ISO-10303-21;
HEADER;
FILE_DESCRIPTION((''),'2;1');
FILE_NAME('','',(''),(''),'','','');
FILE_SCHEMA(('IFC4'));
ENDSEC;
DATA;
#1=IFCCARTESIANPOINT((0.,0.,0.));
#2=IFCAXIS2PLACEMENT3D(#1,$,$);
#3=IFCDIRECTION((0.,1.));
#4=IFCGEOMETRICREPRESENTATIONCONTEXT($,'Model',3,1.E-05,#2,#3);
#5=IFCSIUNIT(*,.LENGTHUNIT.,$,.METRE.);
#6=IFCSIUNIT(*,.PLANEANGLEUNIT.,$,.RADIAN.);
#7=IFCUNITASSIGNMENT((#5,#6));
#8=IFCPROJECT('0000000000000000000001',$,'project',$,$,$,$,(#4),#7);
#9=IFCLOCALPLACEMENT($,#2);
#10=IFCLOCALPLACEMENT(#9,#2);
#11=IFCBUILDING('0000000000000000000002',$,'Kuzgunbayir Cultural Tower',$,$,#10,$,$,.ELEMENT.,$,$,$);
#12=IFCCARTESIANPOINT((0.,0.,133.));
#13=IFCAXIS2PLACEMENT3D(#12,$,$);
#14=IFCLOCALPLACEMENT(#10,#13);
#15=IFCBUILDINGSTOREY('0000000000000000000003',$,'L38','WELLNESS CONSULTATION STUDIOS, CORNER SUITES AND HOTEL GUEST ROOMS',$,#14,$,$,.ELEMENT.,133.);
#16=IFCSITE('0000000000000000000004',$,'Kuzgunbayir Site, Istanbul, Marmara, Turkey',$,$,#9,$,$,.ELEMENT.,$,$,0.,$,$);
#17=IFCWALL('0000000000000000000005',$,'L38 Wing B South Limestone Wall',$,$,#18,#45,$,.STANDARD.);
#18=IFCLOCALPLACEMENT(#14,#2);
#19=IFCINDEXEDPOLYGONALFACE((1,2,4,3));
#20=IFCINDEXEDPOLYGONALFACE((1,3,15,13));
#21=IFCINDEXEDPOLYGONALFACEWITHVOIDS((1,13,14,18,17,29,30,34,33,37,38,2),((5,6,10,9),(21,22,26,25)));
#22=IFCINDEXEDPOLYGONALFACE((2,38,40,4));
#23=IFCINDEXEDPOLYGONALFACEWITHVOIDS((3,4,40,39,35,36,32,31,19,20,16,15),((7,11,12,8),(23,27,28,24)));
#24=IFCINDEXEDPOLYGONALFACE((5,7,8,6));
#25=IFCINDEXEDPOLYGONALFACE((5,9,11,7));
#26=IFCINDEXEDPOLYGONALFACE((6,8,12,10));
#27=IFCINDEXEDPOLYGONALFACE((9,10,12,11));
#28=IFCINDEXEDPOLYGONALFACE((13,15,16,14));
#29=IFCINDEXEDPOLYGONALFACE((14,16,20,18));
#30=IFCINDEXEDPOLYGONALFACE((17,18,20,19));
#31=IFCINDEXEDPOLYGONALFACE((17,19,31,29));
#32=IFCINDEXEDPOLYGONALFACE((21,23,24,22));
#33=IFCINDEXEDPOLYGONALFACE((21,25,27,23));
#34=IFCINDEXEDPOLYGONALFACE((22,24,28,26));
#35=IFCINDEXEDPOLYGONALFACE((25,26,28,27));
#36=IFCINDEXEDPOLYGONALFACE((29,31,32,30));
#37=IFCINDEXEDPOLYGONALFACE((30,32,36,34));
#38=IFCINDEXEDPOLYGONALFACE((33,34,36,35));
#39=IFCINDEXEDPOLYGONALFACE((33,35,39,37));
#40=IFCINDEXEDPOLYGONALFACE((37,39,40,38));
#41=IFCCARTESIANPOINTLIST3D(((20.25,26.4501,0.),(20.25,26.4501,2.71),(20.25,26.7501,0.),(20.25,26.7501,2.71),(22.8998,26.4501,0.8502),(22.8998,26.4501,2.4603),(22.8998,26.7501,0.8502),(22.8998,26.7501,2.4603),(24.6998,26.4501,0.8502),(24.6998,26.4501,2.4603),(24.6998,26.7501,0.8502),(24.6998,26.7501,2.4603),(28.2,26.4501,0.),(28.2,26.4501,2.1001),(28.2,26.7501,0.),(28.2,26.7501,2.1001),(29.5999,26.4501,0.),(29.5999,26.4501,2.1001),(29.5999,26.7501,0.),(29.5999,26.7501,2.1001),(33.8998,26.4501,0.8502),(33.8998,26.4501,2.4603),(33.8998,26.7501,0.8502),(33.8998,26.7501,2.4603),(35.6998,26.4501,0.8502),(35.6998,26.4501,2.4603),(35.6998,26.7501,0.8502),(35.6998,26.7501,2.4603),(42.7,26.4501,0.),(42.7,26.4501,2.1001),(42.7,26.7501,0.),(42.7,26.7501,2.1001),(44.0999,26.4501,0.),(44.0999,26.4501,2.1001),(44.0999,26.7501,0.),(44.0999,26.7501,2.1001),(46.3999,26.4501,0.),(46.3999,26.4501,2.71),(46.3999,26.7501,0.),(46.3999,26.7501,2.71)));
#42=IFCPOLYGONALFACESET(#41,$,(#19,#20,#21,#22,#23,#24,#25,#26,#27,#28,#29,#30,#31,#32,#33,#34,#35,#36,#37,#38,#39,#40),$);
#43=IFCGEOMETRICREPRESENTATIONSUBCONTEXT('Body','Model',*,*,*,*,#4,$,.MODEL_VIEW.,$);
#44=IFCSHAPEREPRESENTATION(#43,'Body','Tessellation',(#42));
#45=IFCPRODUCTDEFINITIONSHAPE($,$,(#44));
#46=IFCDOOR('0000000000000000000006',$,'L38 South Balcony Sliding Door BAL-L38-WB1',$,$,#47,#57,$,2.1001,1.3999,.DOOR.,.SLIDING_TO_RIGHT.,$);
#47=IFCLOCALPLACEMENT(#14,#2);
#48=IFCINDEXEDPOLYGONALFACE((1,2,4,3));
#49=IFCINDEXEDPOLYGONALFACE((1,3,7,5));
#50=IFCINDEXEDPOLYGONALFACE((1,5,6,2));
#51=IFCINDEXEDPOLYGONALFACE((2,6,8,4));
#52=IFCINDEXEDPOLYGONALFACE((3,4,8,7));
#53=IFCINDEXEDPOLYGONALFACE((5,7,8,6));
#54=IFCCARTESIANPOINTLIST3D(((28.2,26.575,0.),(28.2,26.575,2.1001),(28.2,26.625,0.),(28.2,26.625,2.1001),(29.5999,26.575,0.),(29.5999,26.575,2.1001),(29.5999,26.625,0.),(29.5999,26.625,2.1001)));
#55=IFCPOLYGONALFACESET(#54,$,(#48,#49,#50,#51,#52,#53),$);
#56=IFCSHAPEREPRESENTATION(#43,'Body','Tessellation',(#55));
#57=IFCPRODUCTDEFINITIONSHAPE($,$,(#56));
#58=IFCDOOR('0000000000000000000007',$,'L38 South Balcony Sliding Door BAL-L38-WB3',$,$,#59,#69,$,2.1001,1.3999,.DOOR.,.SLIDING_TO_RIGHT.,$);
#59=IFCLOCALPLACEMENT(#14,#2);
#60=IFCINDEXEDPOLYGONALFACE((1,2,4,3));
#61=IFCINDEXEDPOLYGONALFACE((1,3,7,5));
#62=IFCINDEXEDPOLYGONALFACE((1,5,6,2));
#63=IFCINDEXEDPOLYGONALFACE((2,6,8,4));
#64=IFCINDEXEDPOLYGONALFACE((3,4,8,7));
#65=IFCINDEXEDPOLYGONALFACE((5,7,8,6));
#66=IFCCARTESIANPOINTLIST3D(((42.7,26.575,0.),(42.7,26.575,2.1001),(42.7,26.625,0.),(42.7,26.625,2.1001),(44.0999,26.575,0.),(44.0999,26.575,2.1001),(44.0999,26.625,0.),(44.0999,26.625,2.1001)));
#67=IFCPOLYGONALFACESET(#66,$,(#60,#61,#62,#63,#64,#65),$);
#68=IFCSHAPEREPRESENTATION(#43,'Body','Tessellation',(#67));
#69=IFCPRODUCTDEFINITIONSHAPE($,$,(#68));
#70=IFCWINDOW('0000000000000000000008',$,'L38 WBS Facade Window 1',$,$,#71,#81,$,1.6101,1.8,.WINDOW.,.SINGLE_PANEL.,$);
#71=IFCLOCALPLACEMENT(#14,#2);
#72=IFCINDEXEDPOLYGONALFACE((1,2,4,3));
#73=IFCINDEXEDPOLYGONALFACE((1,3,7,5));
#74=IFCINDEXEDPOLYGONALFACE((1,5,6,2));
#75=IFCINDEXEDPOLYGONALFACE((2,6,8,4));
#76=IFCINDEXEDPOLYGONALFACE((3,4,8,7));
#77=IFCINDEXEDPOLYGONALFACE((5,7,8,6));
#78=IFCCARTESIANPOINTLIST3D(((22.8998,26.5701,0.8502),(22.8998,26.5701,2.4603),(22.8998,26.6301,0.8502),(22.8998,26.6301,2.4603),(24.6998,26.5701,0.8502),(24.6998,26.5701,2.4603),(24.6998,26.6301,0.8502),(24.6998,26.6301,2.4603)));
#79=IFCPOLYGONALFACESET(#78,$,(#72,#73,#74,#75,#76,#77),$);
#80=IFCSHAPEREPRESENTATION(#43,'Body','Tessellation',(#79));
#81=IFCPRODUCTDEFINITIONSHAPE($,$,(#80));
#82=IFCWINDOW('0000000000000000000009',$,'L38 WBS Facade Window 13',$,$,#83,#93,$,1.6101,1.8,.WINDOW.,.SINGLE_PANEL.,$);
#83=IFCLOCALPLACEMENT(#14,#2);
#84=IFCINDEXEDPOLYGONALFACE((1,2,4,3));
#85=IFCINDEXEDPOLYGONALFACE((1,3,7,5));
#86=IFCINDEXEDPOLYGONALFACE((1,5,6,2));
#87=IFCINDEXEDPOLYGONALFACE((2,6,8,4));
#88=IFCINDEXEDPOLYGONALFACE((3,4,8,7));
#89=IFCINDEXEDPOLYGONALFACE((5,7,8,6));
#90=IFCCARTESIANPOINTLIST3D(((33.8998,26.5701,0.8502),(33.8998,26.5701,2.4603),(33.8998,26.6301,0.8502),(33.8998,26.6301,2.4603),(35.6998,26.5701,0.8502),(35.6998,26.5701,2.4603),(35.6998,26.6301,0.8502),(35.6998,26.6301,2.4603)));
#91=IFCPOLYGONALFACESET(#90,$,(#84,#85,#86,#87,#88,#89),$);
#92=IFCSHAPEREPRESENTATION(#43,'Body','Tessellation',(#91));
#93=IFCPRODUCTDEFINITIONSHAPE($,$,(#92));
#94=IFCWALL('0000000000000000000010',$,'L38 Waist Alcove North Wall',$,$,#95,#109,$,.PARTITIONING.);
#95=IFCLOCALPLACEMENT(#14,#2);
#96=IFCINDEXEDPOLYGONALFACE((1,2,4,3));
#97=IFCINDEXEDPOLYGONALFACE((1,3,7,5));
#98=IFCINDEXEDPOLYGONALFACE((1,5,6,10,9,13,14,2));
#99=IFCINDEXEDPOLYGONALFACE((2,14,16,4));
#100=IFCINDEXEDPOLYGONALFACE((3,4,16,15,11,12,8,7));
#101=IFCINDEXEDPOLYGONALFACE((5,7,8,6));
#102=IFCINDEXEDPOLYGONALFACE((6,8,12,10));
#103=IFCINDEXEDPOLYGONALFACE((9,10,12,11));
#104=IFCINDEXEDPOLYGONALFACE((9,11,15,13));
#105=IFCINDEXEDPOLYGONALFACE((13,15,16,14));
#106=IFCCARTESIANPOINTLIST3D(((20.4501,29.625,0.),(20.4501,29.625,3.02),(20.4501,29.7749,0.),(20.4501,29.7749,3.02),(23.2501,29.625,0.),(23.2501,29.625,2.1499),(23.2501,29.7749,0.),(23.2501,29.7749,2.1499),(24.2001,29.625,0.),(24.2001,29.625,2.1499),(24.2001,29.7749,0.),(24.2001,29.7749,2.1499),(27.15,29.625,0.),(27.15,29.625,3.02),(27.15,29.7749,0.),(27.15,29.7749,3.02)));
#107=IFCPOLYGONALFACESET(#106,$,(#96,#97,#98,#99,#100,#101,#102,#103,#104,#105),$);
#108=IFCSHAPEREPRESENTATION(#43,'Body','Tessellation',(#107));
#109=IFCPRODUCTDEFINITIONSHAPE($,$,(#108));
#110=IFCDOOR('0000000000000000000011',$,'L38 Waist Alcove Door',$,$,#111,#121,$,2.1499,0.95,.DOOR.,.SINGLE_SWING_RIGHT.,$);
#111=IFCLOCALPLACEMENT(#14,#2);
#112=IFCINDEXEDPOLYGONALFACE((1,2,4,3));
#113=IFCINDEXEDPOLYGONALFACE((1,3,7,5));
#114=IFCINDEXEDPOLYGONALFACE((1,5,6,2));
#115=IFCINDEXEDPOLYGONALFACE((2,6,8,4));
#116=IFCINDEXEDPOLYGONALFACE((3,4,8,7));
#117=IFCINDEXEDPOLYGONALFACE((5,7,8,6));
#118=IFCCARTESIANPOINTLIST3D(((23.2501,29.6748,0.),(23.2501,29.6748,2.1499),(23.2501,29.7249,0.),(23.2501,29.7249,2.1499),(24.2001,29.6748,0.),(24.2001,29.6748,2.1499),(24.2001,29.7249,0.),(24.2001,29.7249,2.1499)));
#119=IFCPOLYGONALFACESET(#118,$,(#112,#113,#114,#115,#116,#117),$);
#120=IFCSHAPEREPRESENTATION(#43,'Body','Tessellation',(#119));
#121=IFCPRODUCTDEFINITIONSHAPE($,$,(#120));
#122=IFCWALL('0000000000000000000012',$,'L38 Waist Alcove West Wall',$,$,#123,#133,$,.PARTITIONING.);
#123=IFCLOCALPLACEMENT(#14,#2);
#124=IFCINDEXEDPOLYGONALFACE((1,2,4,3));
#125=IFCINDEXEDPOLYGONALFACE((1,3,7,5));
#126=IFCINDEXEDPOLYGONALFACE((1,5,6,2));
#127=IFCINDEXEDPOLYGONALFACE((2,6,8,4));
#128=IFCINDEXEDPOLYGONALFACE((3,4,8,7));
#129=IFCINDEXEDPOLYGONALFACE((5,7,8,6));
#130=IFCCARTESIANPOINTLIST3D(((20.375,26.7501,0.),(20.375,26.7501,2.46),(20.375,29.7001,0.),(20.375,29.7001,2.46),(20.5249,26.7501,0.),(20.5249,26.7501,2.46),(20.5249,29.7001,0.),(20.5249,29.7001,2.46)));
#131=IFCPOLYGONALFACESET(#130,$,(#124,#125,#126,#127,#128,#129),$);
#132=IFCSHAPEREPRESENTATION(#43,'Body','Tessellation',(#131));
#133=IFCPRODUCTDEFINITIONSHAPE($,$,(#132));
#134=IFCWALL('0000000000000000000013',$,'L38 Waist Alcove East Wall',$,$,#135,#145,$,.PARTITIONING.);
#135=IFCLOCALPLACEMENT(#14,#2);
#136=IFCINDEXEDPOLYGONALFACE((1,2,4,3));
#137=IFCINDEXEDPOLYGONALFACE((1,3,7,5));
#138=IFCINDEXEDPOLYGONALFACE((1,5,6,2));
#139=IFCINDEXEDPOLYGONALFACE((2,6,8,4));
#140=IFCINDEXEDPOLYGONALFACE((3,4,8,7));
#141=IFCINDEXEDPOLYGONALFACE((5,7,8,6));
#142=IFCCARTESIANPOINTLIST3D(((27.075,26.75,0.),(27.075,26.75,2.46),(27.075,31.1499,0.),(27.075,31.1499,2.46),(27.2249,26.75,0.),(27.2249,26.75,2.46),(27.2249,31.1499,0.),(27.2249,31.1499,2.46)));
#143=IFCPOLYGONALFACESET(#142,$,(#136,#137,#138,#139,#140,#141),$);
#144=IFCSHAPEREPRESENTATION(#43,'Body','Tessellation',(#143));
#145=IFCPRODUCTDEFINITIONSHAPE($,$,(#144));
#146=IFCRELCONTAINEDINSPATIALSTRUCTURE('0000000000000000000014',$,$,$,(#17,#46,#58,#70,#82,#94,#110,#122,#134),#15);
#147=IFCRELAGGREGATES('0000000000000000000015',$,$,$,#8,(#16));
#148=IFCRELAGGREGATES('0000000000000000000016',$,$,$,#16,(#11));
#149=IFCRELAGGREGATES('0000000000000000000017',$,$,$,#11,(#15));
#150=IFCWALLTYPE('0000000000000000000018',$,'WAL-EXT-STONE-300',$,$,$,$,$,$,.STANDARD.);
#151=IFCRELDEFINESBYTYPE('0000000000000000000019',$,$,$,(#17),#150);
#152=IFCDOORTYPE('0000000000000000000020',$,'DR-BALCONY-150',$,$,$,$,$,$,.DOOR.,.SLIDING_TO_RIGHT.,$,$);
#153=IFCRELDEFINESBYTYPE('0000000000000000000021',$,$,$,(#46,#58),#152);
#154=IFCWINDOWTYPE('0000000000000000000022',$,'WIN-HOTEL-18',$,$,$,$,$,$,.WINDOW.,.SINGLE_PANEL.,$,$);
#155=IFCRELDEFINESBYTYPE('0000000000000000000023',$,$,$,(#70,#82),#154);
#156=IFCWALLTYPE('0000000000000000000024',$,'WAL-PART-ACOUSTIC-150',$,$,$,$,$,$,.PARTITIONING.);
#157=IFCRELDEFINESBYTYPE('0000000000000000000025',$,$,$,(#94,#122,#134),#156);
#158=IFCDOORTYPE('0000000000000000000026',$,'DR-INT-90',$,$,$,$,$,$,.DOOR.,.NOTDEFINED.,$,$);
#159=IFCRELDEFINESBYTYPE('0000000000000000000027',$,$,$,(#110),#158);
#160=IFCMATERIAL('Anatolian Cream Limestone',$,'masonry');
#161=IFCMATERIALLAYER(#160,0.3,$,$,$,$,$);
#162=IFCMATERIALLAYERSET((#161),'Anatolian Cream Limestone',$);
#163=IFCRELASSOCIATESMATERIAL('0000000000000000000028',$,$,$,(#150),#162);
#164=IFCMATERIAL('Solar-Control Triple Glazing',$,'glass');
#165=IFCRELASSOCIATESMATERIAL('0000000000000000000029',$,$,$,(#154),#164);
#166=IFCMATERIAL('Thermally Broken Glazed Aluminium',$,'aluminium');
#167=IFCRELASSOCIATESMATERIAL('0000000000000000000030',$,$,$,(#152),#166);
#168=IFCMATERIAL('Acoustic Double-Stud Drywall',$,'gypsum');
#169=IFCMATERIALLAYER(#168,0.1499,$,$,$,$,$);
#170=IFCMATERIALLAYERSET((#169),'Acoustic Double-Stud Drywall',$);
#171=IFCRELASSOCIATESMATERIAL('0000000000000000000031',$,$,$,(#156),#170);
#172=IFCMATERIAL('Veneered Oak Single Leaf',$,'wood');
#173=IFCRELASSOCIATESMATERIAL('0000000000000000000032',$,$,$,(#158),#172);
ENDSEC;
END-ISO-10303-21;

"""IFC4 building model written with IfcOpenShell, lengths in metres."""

from ifc_helpers import new_model, si_unit, direction, frame, frame_2d, origin, place, context, subcontext, project, spatial, rectangle, extrude, material, layer, layer_set, type_object, element, fill, save


model = new_model("IFC4")

# Units and contexts
model_context = context("Model", 3, precision=1e-05, world=origin(), true_north=direction((0.0, 1.0)))
body_context = subcontext(model_context, "Body", "Model", "MODEL_VIEW")
ifc_project = project(units=[si_unit("LENGTHUNIT", "METRE"), si_unit("PLANEANGLEUNIT", "RADIAN")], contexts=[model_context])

# Site, building, storey
site_placement = place(None, origin())
site = spatial("IfcSite", under=ifc_project, at=site_placement, Name="Kuzgunbayir Site, Istanbul, Marmara, Turkey", CompositionType="ELEMENT", RefElevation=0.0)
building_placement = place(site_placement, origin())
building = spatial("IfcBuilding", under=site, at=building_placement, Name="Kuzgunbayir Cultural Tower", CompositionType="ELEMENT")
storey_placement = place(building_placement, frame((0.0, 0.0, 133.0)))
storey = spatial("IfcBuildingStorey", under=building, at=storey_placement, Name="L38", Description="WELLNESS CONSULTATION STUDIOS, CORNER SUITES AND HOTEL GUEST ROOMS", CompositionType="ELEMENT", Elevation=133.0)

# Shared definitions
ifc_material_1 = material(Name="Anatolian Cream Limestone", Category="masonry")
ifc_layer_1 = layer(ifc_material_1, 0.3)
ifc_layer_set_1 = layer_set([ifc_layer_1], Name="Anatolian Cream Limestone")
wall_type_1 = type_object("IfcWallType", Name="WAL-EXT-STONE-300", PredefinedType="STANDARD", material=ifc_layer_set_1)
ifc_material_2 = material(Name="Solar-Control Triple Glazing", Category="glass")
window_type = type_object("IfcWindowType", Name="WIN-HOTEL-18", PartitioningType="SINGLE_PANEL", PredefinedType="WINDOW", material=ifc_material_2)

# Wall, openings, doors, windows
wall_1_placement = place(storey_placement, frame((20.25, 26.6001, 0.0), z_axis=(0.0, 0.0, 1.0), x_axis=(1.0, 0.0, 0.0)))
wall_1 = element("IfcWall", 1, at=wall_1_placement, inside=storey, type_object=wall_type_1, Name="L38 Wing B South Limestone Wall", PredefinedType="STANDARD", context=body_context, shape_type="SweptSolid", body=[
    extrude(rectangle(XDim=26.1499, YDim=0.3, at=frame_2d((13.075, 0.0))), origin(), (0.0, 0.0, 1.0), 2.71),
])
opening_1_placement = place(wall_1_placement, frame((7.95, 0.0, 0.0)))
opening_1 = element("IfcOpeningElement", 2, at=opening_1_placement, cuts=wall_1, PredefinedType="OPENING", context=body_context, shape_type="SweptSolid", body=[
    extrude(rectangle(XDim=1.3999, YDim=2.1001, at=frame_2d((0.7, 1.05))), frame((0.0, 0.1602, 0.0), z_axis=(0.0, -1.0, 0.0), x_axis=(1.0, 0.0, 0.0)), (0.0, 0.0, 1.0), 0.3201),
])
opening_2_placement = place(wall_1_placement, frame((22.45, 0.0, 0.0)))
opening_2 = element("IfcOpeningElement", 3, at=opening_2_placement, cuts=wall_1, PredefinedType="OPENING", context=body_context, shape_type="SweptSolid", body=[
    extrude(rectangle(XDim=1.3999, YDim=2.1001, at=frame_2d((0.7, 1.05))), frame((0.0, 0.1602, 0.0), z_axis=(0.0, -1.0, 0.0), x_axis=(1.0, 0.0, 0.0)), (0.0, 0.0, 1.0), 0.3201),
])
opening_3_placement = place(wall_1_placement, frame((2.6499, 0.0, 0.8501)))
opening_3 = element("IfcOpeningElement", 4, at=opening_3_placement, cuts=wall_1, PredefinedType="OPENING", context=body_context, shape_type="SweptSolid", body=[
    extrude(rectangle(XDim=1.8, YDim=1.6101, at=frame_2d((0.8999, 0.8052))), frame((0.0, 0.1602, 0.0), z_axis=(0.0, -1.0, 0.0), x_axis=(1.0, 0.0, 0.0)), (0.0, 0.0, 1.0), 0.3201),
])
opening_4_placement = place(wall_1_placement, frame((13.6499, 0.0, 0.8501)))
opening_4 = element("IfcOpeningElement", 5, at=opening_4_placement, cuts=wall_1, PredefinedType="OPENING", context=body_context, shape_type="SweptSolid", body=[
    extrude(rectangle(XDim=1.8, YDim=1.6101, at=frame_2d((0.8999, 0.8052))), frame((0.0, 0.1602, 0.0), z_axis=(0.0, -1.0, 0.0), x_axis=(1.0, 0.0, 0.0)), (0.0, 0.0, 1.0), 0.3201),
])
ifc_material_3 = material(Name="Thermally Broken Glazed Aluminium", Category="aluminium")
door_type_1 = type_object("IfcDoorType", Name="DR-BALCONY-150", OperationType="SLIDING_TO_RIGHT", PredefinedType="DOOR", material=ifc_material_3)
door_1_placement = place(opening_1_placement, origin())
door_1 = element("IfcDoor", 6, at=door_1_placement, inside=storey, type_object=door_type_1, Name="L38 South Balcony Sliding Door BAL-L38-WB1", OperationType="SLIDING_TO_RIGHT", OverallHeight=2.1001, OverallWidth=1.3999, PredefinedType="DOOR", context=body_context, shape_type="SweptSolid", body=[
    extrude(rectangle(XDim=1.3999, YDim=2.1001, at=frame_2d((0.7, 1.05))), frame((0.0, 0.0249, 0.0), z_axis=(0.0, -1.0, 0.0), x_axis=(1.0, 0.0, 0.0)), (0.0, 0.0, 1.0), 0.05),
])
fill(opening_1, door_1)
door_2_placement = place(opening_2_placement, origin())
door_2 = element("IfcDoor", 7, at=door_2_placement, inside=storey, type_object=door_type_1, Name="L38 South Balcony Sliding Door BAL-L38-WB3", OperationType="SLIDING_TO_RIGHT", OverallHeight=2.1001, OverallWidth=1.3999, PredefinedType="DOOR", context=body_context, shape_type="SweptSolid", body=[
    extrude(rectangle(XDim=1.3999, YDim=2.1001, at=frame_2d((0.7, 1.05))), frame((0.0, 0.0249, 0.0), z_axis=(0.0, -1.0, 0.0), x_axis=(1.0, 0.0, 0.0)), (0.0, 0.0, 1.0), 0.05),
])
fill(opening_2, door_2)
window_1_placement = place(opening_3_placement, origin())
window_1 = element("IfcWindow", 8, at=window_1_placement, inside=storey, type_object=window_type, Name="L38 WBS Facade Window 1", OverallHeight=1.6101, OverallWidth=1.8, PartitioningType="SINGLE_PANEL", PredefinedType="WINDOW", context=body_context, shape_type="SweptSolid", body=[
    extrude(rectangle(XDim=1.8, YDim=1.6101, at=frame_2d((0.8999, 0.8052))), frame((0.0, 0.03, 0.0), z_axis=(0.0, -1.0, 0.0), x_axis=(1.0, 0.0, 0.0)), (0.0, 0.0, 1.0), 0.0601),
])
fill(opening_3, window_1)
window_2_placement = place(opening_4_placement, origin())
window_2 = element("IfcWindow", 9, at=window_2_placement, inside=storey, type_object=window_type, Name="L38 WBS Facade Window 13", OverallHeight=1.6101, OverallWidth=1.8, PartitioningType="SINGLE_PANEL", PredefinedType="WINDOW", context=body_context, shape_type="SweptSolid", body=[
    extrude(rectangle(XDim=1.8, YDim=1.6101, at=frame_2d((0.8999, 0.8052))), frame((0.0, 0.03, 0.0), z_axis=(0.0, -1.0, 0.0), x_axis=(1.0, 0.0, 0.0)), (0.0, 0.0, 1.0), 0.0601),
])
fill(opening_4, window_2)

# Wall, opening, door
ifc_material_4 = material(Name="Acoustic Double-Stud Drywall", Category="gypsum")
ifc_layer_2 = layer(ifc_material_4, 0.1499)
ifc_layer_set_2 = layer_set([ifc_layer_2], Name="Acoustic Double-Stud Drywall")
wall_type_2 = type_object("IfcWallType", Name="WAL-PART-ACOUSTIC-150", PredefinedType="PARTITIONING", material=ifc_layer_set_2)
wall_2_placement = place(storey_placement, frame((20.45, 29.7, 0.0), z_axis=(0.0, 0.0, 1.0), x_axis=(1.0, 0.0, 0.0)))
wall_2 = element("IfcWall", 10, at=wall_2_placement, inside=storey, type_object=wall_type_2, Name="L38 Waist Alcove North Wall", PredefinedType="PARTITIONING", context=body_context, shape_type="SweptSolid", body=[
    extrude(rectangle(XDim=6.7, YDim=0.1499, at=frame_2d((3.3501, 0.0))), origin(), (0.0, 0.0, 1.0), 3.02),
])
opening_5_placement = place(wall_2_placement, frame((2.8, 0.0, 0.0)))
opening_5 = element("IfcOpeningElement", 11, at=opening_5_placement, cuts=wall_2, PredefinedType="OPENING", context=body_context, shape_type="SweptSolid", body=[
    extrude(rectangle(XDim=0.95, YDim=2.1499, at=frame_2d((0.4751, 1.075))), frame((0.0, 0.085, 0.0), z_axis=(0.0, -1.0, 0.0), x_axis=(1.0, 0.0, 0.0)), (0.0, 0.0, 1.0), 0.1699),
])
ifc_material_5 = material(Name="Veneered Oak Single Leaf", Category="wood")
door_type_2 = type_object("IfcDoorType", Name="DR-INT-90", OperationType="NOTDEFINED", PredefinedType="DOOR", material=ifc_material_5)
door_3_placement = place(opening_5_placement, origin())
door_3 = element("IfcDoor", 12, at=door_3_placement, inside=storey, type_object=door_type_2, Name="L38 Waist Alcove Door", OperationType="SINGLE_SWING_RIGHT", OverallHeight=2.1499, OverallWidth=0.95, PredefinedType="DOOR", context=body_context, shape_type="SweptSolid", body=[
    extrude(rectangle(XDim=0.95, YDim=2.1499, at=frame_2d((0.4751, 1.075))), frame((0.0, 0.0249, 0.0), z_axis=(0.0, -1.0, 0.0), x_axis=(1.0, 0.0, 0.0)), (0.0, 0.0, 1.0), 0.05),
])
fill(opening_5, door_3)

# Walls
wall_3_placement = place(storey_placement, frame((20.45, 26.75, 0.0), z_axis=(0.0, 0.0, 1.0), x_axis=(0.0, 1.0, 0.0)))
element("IfcWall", 13, at=wall_3_placement, inside=storey, type_object=wall_type_2, Name="L38 Waist Alcove West Wall", PredefinedType="PARTITIONING", context=body_context, shape_type="SweptSolid", body=[
    extrude(rectangle(XDim=2.95, YDim=0.1499, at=frame_2d((1.4751, 0.0))), origin(), (0.0, 0.0, 1.0), 2.46),
])
wall_4_placement = place(storey_placement, frame((27.1499, 26.75, 0.0), z_axis=(0.0, 0.0, 1.0), x_axis=(0.0, 1.0, 0.0)))
element("IfcWall", 14, at=wall_4_placement, inside=storey, type_object=wall_type_2, Name="L38 Waist Alcove East Wall", PredefinedType="PARTITIONING", context=body_context, shape_type="SweptSolid", body=[
    extrude(rectangle(XDim=4.3999, YDim=0.1499, at=frame_2d((2.2, 0.0))), origin(), (0.0, 0.0, 1.0), 2.46),
])

save(model, "model.ifc")
